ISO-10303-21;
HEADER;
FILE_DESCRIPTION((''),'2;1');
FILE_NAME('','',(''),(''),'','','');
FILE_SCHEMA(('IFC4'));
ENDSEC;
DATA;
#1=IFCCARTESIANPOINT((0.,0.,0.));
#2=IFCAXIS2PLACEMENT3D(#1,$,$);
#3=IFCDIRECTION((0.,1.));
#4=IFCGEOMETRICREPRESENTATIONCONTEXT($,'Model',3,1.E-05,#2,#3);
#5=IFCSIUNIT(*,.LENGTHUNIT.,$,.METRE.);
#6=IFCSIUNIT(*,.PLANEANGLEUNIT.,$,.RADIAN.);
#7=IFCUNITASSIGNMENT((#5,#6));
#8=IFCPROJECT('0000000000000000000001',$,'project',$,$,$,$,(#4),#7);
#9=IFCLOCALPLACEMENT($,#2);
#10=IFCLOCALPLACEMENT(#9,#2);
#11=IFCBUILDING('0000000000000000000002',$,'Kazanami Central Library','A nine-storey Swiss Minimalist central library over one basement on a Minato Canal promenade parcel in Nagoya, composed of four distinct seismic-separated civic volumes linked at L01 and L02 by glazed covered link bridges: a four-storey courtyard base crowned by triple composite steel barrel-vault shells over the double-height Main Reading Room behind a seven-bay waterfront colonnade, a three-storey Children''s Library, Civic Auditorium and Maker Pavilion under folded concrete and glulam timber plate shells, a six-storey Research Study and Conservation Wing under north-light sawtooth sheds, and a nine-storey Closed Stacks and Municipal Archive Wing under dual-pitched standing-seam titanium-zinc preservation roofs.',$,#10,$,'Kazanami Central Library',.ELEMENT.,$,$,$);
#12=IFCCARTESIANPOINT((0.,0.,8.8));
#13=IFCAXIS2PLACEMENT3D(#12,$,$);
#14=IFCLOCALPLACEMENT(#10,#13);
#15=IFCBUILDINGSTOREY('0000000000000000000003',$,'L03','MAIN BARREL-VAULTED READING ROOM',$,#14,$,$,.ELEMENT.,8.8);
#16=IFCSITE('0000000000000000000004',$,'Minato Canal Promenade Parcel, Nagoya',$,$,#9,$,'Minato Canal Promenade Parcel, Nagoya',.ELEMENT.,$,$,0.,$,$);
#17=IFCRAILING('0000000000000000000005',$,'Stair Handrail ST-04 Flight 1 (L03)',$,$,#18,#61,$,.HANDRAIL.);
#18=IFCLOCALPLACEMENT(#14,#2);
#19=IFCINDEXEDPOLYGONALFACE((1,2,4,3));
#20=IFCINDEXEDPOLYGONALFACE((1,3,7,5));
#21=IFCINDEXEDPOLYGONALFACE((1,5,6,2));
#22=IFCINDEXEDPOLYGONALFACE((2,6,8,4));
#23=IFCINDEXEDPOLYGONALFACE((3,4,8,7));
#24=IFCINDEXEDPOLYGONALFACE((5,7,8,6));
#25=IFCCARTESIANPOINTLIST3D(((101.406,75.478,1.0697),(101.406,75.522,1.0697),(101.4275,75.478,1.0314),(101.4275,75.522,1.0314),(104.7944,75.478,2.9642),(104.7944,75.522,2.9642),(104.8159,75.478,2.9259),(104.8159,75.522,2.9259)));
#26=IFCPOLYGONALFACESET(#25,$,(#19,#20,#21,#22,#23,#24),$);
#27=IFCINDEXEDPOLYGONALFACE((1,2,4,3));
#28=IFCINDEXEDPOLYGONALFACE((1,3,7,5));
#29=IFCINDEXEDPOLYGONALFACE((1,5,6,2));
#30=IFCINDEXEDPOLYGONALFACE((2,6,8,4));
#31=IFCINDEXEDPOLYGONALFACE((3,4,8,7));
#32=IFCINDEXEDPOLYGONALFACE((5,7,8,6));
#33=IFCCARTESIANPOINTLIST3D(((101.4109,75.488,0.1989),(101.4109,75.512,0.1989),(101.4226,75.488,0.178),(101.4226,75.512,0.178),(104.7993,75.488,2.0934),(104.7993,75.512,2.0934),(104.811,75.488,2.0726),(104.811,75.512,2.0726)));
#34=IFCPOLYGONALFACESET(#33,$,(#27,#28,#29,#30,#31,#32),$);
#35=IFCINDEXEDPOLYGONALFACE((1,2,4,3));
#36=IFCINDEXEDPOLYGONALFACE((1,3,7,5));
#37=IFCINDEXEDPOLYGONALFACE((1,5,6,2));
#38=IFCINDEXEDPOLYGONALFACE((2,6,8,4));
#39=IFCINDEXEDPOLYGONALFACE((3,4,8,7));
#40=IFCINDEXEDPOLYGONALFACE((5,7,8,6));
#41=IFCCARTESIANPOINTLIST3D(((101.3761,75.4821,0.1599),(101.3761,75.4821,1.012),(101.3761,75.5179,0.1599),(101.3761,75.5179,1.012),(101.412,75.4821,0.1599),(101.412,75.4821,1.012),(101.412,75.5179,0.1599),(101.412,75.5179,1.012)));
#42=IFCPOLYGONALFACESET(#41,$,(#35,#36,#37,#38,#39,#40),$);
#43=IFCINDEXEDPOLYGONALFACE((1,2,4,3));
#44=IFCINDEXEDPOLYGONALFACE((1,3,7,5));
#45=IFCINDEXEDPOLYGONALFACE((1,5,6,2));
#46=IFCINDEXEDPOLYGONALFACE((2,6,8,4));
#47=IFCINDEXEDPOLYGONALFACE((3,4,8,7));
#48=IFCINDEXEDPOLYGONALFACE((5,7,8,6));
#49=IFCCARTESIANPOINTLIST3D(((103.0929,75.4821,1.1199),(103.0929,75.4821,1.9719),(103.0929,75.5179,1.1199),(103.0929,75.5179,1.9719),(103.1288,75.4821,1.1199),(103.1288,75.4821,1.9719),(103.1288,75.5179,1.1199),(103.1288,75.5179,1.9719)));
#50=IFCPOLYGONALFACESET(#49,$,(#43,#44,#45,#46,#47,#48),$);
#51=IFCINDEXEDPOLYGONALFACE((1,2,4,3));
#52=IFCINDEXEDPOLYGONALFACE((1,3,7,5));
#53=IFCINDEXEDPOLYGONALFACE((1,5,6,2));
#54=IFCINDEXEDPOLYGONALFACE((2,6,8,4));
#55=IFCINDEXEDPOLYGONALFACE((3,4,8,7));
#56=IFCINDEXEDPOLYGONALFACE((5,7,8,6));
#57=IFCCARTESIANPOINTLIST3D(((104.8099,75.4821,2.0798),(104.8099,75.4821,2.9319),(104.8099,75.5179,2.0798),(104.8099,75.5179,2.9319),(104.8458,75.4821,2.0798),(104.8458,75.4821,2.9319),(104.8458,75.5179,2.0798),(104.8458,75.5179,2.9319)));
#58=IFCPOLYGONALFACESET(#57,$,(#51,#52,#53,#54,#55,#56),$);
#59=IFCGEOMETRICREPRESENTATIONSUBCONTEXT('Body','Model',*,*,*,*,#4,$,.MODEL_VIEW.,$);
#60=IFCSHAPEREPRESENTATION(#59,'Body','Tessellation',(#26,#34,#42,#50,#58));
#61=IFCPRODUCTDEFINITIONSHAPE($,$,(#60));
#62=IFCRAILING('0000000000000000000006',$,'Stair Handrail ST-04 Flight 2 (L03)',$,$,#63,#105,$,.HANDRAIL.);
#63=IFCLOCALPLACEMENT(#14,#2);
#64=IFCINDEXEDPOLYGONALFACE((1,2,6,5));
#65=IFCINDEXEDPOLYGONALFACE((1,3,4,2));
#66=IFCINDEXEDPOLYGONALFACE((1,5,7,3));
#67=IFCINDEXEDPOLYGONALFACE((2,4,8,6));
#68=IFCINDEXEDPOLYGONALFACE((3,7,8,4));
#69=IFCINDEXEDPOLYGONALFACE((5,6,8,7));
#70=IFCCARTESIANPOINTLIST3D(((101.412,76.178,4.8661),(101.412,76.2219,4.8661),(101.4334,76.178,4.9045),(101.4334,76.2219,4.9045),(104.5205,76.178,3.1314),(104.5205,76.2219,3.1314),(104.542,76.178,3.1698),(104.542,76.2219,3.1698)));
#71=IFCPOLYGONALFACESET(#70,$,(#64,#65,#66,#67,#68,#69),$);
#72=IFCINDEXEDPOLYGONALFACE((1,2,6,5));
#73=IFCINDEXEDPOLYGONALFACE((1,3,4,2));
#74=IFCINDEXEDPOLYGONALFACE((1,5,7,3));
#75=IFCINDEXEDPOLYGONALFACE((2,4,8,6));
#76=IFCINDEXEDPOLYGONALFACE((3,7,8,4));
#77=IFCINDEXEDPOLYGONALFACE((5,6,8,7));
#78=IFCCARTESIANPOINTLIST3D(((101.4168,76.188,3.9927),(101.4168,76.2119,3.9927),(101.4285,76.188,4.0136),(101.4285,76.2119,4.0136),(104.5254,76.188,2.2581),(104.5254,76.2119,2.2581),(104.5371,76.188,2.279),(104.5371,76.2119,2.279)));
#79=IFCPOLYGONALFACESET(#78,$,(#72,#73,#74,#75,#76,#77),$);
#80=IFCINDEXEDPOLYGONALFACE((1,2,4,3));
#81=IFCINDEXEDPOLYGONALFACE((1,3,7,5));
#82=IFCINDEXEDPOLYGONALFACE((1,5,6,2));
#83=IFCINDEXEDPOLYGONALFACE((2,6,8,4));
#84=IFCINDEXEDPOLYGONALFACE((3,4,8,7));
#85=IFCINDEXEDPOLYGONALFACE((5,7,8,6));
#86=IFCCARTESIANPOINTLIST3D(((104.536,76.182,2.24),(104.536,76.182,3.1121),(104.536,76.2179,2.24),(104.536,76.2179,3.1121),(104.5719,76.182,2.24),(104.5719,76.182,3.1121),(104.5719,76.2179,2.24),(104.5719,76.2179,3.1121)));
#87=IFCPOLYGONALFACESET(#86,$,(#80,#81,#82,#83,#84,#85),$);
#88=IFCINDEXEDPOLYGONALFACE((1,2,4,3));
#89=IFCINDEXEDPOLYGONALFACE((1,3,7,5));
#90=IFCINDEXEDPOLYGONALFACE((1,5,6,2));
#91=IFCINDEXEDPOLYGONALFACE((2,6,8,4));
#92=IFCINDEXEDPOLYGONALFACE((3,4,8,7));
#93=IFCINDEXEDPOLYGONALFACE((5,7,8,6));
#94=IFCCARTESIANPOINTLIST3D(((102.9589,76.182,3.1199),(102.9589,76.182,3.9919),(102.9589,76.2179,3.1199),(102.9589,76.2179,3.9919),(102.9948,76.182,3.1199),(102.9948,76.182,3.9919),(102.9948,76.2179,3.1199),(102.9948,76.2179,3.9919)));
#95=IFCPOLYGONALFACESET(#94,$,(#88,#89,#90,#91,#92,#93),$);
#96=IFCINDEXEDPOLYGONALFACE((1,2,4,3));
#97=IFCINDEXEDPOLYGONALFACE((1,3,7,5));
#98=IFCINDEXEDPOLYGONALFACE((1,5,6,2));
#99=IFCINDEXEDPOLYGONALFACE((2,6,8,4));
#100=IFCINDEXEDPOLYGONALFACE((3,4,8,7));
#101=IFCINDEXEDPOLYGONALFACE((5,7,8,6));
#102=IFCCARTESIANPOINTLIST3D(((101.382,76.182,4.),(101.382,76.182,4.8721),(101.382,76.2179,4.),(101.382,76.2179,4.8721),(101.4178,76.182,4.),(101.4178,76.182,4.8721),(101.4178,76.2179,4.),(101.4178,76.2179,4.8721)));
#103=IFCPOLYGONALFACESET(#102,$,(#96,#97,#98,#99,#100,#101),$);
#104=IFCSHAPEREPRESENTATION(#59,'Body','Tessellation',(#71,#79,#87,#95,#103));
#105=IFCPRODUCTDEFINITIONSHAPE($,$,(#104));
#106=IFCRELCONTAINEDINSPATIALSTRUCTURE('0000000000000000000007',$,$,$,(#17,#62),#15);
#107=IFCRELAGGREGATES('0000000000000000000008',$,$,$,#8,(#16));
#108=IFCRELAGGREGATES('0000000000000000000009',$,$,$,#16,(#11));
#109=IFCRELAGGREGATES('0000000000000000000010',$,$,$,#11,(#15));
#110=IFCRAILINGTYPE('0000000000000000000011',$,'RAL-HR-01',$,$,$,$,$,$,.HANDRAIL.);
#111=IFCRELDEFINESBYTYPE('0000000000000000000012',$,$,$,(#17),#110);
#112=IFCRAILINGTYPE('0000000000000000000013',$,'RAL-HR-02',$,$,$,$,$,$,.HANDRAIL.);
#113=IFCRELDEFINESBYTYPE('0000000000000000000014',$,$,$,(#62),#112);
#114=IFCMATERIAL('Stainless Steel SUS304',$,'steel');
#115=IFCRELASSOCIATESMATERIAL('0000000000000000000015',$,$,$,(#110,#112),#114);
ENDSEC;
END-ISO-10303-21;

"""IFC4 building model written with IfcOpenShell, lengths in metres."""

from ifc_helpers import new_model, si_unit, direction, frame, origin, origin_2d, place, context, subcontext, project, spatial, rectangle, extrude, material, type_object, element, save


model = new_model("IFC4")

# Units and contexts
model_context = context("Model", 3, precision=1e-05, world=origin(), true_north=direction((0.0, 1.0)))
body_context = subcontext(model_context, "Body", "Model", "MODEL_VIEW")
ifc_project = project(units=[si_unit("LENGTHUNIT", "METRE"), si_unit("PLANEANGLEUNIT", "RADIAN")], contexts=[model_context])

# Site, building, storey
site_placement = place(None, origin())
site = spatial("IfcSite", under=ifc_project, at=site_placement, Name="Minato Canal Promenade Parcel, Nagoya", LongName="Minato Canal Promenade Parcel, Nagoya", CompositionType="ELEMENT", RefElevation=0.0)
building_placement = place(site_placement, origin())
building = spatial("IfcBuilding", under=site, at=building_placement, Name="Kazanami Central Library", Description="A nine-storey Swiss Minimalist central library over one basement on a Minato Canal promenade parcel in Nagoya, composed of four distinct seismic-separated civic volumes linked at L01 and L02 by glazed covered link bridges: a four-storey courtyard base crowned by triple composite steel barrel-vault shells over the double-height Main Reading Room behind a seven-bay waterfront colonnade, a three-storey Children's Library, Civic Auditorium and Maker Pavilion under folded concrete and glulam timber plate shells, a six-storey Research Study and Conservation Wing under north-light sawtooth sheds, and a nine-storey Closed Stacks and Municipal Archive Wing under dual-pitched standing-seam titanium-zinc preservation roofs.", LongName="Kazanami Central Library", CompositionType="ELEMENT")
storey_placement = place(building_placement, frame((0.0, 0.0, 8.8)))
storey = spatial("IfcBuildingStorey", under=building, at=storey_placement, Name="L03", Description="MAIN BARREL-VAULTED READING ROOM", CompositionType="ELEMENT", Elevation=8.8)

# Shared definitions
ifc_material_1 = material(Name="Stainless Steel SUS304", Category="steel")

# Railings
railing_type_1 = type_object("IfcRailingType", Name="RAL-HR-01", PredefinedType="HANDRAIL", material=ifc_material_1)
railing_1_placement = place(storey_placement, frame((101.394, 75.5, 0.1599)))
element("IfcRailing", 1, at=railing_1_placement, inside=storey, type_object=railing_type_1, Name="Stair Handrail ST-04 Flight 1 (L03)", PredefinedType="HANDRAIL", context=body_context, shape_type="SweptSolid", body=[
    extrude(rectangle(XDim=0.0439, YDim=0.0439, at=origin_2d()), frame((0.0227, 0.0, 0.8906), z_axis=(0.872834, 0.0, 0.488017), x_axis=(0.0, 1.0, 0.0)), (0.0, 0.0, 1.0), 3.8821),
    extrude(rectangle(XDim=0.0239, YDim=0.0239, at=origin_2d()), frame((0.0227, 0.0, 0.0286), z_axis=(0.872834, 0.0, 0.488017), x_axis=(0.0, 1.0, 0.0)), (0.0, 0.0, 1.0), 3.8821),
    extrude(rectangle(XDim=0.0359, YDim=0.0359, at=origin_2d()), origin(), (0.0, 0.0, 1.0), 0.8521),
    extrude(rectangle(XDim=0.0359, YDim=0.0359, at=origin_2d()), frame((1.7168, 0.0, 0.96)), (0.0, 0.0, 1.0), 0.8521),
    extrude(rectangle(XDim=0.0359, YDim=0.0359, at=origin_2d()), frame((3.4338, 0.0, 1.9199)), (0.0, 0.0, 1.0), 0.8521),
])
railing_type_2 = type_object("IfcRailingType", Name="RAL-HR-02", PredefinedType="HANDRAIL", material=ifc_material_1)
railing_2_placement = place(storey_placement, frame((104.554, 76.2, 2.24)))
element("IfcRailing", 2, at=railing_2_placement, inside=storey, type_object=railing_type_2, Name="Stair Handrail ST-04 Flight 2 (L03)", PredefinedType="HANDRAIL", context=body_context, shape_type="SweptSolid", body=[
    extrude(rectangle(XDim=0.0439, YDim=0.0439, at=origin_2d()), frame((-0.0227, 0.0, 0.9106), z_axis=(-0.873244, 0.0, 0.487283), x_axis=(0.0, -1.0, 0.0)), (0.0, 0.0, 1.0), 3.5598),
    extrude(rectangle(XDim=0.0239, YDim=0.0239, at=origin_2d()), frame((-0.0227, 0.0, 0.0286), z_axis=(-0.873244, 0.0, 0.487283), x_axis=(0.0, -1.0, 0.0)), (0.0, 0.0, 1.0), 3.5598),
    extrude(rectangle(XDim=0.0359, YDim=0.0359, at=origin_2d()), origin(), (0.0, 0.0, 1.0), 0.8721),
    extrude(rectangle(XDim=0.0359, YDim=0.0359, at=origin_2d()), frame((-1.5771, 0.0, 0.8799)), (0.0, 0.0, 1.0), 0.8721),
    extrude(rectangle(XDim=0.0359, YDim=0.0359, at=origin_2d()), frame((-3.1541, 0.0, 1.76)), (0.0, 0.0, 1.0), 0.8721),
])

save(model, "model.ifc")
